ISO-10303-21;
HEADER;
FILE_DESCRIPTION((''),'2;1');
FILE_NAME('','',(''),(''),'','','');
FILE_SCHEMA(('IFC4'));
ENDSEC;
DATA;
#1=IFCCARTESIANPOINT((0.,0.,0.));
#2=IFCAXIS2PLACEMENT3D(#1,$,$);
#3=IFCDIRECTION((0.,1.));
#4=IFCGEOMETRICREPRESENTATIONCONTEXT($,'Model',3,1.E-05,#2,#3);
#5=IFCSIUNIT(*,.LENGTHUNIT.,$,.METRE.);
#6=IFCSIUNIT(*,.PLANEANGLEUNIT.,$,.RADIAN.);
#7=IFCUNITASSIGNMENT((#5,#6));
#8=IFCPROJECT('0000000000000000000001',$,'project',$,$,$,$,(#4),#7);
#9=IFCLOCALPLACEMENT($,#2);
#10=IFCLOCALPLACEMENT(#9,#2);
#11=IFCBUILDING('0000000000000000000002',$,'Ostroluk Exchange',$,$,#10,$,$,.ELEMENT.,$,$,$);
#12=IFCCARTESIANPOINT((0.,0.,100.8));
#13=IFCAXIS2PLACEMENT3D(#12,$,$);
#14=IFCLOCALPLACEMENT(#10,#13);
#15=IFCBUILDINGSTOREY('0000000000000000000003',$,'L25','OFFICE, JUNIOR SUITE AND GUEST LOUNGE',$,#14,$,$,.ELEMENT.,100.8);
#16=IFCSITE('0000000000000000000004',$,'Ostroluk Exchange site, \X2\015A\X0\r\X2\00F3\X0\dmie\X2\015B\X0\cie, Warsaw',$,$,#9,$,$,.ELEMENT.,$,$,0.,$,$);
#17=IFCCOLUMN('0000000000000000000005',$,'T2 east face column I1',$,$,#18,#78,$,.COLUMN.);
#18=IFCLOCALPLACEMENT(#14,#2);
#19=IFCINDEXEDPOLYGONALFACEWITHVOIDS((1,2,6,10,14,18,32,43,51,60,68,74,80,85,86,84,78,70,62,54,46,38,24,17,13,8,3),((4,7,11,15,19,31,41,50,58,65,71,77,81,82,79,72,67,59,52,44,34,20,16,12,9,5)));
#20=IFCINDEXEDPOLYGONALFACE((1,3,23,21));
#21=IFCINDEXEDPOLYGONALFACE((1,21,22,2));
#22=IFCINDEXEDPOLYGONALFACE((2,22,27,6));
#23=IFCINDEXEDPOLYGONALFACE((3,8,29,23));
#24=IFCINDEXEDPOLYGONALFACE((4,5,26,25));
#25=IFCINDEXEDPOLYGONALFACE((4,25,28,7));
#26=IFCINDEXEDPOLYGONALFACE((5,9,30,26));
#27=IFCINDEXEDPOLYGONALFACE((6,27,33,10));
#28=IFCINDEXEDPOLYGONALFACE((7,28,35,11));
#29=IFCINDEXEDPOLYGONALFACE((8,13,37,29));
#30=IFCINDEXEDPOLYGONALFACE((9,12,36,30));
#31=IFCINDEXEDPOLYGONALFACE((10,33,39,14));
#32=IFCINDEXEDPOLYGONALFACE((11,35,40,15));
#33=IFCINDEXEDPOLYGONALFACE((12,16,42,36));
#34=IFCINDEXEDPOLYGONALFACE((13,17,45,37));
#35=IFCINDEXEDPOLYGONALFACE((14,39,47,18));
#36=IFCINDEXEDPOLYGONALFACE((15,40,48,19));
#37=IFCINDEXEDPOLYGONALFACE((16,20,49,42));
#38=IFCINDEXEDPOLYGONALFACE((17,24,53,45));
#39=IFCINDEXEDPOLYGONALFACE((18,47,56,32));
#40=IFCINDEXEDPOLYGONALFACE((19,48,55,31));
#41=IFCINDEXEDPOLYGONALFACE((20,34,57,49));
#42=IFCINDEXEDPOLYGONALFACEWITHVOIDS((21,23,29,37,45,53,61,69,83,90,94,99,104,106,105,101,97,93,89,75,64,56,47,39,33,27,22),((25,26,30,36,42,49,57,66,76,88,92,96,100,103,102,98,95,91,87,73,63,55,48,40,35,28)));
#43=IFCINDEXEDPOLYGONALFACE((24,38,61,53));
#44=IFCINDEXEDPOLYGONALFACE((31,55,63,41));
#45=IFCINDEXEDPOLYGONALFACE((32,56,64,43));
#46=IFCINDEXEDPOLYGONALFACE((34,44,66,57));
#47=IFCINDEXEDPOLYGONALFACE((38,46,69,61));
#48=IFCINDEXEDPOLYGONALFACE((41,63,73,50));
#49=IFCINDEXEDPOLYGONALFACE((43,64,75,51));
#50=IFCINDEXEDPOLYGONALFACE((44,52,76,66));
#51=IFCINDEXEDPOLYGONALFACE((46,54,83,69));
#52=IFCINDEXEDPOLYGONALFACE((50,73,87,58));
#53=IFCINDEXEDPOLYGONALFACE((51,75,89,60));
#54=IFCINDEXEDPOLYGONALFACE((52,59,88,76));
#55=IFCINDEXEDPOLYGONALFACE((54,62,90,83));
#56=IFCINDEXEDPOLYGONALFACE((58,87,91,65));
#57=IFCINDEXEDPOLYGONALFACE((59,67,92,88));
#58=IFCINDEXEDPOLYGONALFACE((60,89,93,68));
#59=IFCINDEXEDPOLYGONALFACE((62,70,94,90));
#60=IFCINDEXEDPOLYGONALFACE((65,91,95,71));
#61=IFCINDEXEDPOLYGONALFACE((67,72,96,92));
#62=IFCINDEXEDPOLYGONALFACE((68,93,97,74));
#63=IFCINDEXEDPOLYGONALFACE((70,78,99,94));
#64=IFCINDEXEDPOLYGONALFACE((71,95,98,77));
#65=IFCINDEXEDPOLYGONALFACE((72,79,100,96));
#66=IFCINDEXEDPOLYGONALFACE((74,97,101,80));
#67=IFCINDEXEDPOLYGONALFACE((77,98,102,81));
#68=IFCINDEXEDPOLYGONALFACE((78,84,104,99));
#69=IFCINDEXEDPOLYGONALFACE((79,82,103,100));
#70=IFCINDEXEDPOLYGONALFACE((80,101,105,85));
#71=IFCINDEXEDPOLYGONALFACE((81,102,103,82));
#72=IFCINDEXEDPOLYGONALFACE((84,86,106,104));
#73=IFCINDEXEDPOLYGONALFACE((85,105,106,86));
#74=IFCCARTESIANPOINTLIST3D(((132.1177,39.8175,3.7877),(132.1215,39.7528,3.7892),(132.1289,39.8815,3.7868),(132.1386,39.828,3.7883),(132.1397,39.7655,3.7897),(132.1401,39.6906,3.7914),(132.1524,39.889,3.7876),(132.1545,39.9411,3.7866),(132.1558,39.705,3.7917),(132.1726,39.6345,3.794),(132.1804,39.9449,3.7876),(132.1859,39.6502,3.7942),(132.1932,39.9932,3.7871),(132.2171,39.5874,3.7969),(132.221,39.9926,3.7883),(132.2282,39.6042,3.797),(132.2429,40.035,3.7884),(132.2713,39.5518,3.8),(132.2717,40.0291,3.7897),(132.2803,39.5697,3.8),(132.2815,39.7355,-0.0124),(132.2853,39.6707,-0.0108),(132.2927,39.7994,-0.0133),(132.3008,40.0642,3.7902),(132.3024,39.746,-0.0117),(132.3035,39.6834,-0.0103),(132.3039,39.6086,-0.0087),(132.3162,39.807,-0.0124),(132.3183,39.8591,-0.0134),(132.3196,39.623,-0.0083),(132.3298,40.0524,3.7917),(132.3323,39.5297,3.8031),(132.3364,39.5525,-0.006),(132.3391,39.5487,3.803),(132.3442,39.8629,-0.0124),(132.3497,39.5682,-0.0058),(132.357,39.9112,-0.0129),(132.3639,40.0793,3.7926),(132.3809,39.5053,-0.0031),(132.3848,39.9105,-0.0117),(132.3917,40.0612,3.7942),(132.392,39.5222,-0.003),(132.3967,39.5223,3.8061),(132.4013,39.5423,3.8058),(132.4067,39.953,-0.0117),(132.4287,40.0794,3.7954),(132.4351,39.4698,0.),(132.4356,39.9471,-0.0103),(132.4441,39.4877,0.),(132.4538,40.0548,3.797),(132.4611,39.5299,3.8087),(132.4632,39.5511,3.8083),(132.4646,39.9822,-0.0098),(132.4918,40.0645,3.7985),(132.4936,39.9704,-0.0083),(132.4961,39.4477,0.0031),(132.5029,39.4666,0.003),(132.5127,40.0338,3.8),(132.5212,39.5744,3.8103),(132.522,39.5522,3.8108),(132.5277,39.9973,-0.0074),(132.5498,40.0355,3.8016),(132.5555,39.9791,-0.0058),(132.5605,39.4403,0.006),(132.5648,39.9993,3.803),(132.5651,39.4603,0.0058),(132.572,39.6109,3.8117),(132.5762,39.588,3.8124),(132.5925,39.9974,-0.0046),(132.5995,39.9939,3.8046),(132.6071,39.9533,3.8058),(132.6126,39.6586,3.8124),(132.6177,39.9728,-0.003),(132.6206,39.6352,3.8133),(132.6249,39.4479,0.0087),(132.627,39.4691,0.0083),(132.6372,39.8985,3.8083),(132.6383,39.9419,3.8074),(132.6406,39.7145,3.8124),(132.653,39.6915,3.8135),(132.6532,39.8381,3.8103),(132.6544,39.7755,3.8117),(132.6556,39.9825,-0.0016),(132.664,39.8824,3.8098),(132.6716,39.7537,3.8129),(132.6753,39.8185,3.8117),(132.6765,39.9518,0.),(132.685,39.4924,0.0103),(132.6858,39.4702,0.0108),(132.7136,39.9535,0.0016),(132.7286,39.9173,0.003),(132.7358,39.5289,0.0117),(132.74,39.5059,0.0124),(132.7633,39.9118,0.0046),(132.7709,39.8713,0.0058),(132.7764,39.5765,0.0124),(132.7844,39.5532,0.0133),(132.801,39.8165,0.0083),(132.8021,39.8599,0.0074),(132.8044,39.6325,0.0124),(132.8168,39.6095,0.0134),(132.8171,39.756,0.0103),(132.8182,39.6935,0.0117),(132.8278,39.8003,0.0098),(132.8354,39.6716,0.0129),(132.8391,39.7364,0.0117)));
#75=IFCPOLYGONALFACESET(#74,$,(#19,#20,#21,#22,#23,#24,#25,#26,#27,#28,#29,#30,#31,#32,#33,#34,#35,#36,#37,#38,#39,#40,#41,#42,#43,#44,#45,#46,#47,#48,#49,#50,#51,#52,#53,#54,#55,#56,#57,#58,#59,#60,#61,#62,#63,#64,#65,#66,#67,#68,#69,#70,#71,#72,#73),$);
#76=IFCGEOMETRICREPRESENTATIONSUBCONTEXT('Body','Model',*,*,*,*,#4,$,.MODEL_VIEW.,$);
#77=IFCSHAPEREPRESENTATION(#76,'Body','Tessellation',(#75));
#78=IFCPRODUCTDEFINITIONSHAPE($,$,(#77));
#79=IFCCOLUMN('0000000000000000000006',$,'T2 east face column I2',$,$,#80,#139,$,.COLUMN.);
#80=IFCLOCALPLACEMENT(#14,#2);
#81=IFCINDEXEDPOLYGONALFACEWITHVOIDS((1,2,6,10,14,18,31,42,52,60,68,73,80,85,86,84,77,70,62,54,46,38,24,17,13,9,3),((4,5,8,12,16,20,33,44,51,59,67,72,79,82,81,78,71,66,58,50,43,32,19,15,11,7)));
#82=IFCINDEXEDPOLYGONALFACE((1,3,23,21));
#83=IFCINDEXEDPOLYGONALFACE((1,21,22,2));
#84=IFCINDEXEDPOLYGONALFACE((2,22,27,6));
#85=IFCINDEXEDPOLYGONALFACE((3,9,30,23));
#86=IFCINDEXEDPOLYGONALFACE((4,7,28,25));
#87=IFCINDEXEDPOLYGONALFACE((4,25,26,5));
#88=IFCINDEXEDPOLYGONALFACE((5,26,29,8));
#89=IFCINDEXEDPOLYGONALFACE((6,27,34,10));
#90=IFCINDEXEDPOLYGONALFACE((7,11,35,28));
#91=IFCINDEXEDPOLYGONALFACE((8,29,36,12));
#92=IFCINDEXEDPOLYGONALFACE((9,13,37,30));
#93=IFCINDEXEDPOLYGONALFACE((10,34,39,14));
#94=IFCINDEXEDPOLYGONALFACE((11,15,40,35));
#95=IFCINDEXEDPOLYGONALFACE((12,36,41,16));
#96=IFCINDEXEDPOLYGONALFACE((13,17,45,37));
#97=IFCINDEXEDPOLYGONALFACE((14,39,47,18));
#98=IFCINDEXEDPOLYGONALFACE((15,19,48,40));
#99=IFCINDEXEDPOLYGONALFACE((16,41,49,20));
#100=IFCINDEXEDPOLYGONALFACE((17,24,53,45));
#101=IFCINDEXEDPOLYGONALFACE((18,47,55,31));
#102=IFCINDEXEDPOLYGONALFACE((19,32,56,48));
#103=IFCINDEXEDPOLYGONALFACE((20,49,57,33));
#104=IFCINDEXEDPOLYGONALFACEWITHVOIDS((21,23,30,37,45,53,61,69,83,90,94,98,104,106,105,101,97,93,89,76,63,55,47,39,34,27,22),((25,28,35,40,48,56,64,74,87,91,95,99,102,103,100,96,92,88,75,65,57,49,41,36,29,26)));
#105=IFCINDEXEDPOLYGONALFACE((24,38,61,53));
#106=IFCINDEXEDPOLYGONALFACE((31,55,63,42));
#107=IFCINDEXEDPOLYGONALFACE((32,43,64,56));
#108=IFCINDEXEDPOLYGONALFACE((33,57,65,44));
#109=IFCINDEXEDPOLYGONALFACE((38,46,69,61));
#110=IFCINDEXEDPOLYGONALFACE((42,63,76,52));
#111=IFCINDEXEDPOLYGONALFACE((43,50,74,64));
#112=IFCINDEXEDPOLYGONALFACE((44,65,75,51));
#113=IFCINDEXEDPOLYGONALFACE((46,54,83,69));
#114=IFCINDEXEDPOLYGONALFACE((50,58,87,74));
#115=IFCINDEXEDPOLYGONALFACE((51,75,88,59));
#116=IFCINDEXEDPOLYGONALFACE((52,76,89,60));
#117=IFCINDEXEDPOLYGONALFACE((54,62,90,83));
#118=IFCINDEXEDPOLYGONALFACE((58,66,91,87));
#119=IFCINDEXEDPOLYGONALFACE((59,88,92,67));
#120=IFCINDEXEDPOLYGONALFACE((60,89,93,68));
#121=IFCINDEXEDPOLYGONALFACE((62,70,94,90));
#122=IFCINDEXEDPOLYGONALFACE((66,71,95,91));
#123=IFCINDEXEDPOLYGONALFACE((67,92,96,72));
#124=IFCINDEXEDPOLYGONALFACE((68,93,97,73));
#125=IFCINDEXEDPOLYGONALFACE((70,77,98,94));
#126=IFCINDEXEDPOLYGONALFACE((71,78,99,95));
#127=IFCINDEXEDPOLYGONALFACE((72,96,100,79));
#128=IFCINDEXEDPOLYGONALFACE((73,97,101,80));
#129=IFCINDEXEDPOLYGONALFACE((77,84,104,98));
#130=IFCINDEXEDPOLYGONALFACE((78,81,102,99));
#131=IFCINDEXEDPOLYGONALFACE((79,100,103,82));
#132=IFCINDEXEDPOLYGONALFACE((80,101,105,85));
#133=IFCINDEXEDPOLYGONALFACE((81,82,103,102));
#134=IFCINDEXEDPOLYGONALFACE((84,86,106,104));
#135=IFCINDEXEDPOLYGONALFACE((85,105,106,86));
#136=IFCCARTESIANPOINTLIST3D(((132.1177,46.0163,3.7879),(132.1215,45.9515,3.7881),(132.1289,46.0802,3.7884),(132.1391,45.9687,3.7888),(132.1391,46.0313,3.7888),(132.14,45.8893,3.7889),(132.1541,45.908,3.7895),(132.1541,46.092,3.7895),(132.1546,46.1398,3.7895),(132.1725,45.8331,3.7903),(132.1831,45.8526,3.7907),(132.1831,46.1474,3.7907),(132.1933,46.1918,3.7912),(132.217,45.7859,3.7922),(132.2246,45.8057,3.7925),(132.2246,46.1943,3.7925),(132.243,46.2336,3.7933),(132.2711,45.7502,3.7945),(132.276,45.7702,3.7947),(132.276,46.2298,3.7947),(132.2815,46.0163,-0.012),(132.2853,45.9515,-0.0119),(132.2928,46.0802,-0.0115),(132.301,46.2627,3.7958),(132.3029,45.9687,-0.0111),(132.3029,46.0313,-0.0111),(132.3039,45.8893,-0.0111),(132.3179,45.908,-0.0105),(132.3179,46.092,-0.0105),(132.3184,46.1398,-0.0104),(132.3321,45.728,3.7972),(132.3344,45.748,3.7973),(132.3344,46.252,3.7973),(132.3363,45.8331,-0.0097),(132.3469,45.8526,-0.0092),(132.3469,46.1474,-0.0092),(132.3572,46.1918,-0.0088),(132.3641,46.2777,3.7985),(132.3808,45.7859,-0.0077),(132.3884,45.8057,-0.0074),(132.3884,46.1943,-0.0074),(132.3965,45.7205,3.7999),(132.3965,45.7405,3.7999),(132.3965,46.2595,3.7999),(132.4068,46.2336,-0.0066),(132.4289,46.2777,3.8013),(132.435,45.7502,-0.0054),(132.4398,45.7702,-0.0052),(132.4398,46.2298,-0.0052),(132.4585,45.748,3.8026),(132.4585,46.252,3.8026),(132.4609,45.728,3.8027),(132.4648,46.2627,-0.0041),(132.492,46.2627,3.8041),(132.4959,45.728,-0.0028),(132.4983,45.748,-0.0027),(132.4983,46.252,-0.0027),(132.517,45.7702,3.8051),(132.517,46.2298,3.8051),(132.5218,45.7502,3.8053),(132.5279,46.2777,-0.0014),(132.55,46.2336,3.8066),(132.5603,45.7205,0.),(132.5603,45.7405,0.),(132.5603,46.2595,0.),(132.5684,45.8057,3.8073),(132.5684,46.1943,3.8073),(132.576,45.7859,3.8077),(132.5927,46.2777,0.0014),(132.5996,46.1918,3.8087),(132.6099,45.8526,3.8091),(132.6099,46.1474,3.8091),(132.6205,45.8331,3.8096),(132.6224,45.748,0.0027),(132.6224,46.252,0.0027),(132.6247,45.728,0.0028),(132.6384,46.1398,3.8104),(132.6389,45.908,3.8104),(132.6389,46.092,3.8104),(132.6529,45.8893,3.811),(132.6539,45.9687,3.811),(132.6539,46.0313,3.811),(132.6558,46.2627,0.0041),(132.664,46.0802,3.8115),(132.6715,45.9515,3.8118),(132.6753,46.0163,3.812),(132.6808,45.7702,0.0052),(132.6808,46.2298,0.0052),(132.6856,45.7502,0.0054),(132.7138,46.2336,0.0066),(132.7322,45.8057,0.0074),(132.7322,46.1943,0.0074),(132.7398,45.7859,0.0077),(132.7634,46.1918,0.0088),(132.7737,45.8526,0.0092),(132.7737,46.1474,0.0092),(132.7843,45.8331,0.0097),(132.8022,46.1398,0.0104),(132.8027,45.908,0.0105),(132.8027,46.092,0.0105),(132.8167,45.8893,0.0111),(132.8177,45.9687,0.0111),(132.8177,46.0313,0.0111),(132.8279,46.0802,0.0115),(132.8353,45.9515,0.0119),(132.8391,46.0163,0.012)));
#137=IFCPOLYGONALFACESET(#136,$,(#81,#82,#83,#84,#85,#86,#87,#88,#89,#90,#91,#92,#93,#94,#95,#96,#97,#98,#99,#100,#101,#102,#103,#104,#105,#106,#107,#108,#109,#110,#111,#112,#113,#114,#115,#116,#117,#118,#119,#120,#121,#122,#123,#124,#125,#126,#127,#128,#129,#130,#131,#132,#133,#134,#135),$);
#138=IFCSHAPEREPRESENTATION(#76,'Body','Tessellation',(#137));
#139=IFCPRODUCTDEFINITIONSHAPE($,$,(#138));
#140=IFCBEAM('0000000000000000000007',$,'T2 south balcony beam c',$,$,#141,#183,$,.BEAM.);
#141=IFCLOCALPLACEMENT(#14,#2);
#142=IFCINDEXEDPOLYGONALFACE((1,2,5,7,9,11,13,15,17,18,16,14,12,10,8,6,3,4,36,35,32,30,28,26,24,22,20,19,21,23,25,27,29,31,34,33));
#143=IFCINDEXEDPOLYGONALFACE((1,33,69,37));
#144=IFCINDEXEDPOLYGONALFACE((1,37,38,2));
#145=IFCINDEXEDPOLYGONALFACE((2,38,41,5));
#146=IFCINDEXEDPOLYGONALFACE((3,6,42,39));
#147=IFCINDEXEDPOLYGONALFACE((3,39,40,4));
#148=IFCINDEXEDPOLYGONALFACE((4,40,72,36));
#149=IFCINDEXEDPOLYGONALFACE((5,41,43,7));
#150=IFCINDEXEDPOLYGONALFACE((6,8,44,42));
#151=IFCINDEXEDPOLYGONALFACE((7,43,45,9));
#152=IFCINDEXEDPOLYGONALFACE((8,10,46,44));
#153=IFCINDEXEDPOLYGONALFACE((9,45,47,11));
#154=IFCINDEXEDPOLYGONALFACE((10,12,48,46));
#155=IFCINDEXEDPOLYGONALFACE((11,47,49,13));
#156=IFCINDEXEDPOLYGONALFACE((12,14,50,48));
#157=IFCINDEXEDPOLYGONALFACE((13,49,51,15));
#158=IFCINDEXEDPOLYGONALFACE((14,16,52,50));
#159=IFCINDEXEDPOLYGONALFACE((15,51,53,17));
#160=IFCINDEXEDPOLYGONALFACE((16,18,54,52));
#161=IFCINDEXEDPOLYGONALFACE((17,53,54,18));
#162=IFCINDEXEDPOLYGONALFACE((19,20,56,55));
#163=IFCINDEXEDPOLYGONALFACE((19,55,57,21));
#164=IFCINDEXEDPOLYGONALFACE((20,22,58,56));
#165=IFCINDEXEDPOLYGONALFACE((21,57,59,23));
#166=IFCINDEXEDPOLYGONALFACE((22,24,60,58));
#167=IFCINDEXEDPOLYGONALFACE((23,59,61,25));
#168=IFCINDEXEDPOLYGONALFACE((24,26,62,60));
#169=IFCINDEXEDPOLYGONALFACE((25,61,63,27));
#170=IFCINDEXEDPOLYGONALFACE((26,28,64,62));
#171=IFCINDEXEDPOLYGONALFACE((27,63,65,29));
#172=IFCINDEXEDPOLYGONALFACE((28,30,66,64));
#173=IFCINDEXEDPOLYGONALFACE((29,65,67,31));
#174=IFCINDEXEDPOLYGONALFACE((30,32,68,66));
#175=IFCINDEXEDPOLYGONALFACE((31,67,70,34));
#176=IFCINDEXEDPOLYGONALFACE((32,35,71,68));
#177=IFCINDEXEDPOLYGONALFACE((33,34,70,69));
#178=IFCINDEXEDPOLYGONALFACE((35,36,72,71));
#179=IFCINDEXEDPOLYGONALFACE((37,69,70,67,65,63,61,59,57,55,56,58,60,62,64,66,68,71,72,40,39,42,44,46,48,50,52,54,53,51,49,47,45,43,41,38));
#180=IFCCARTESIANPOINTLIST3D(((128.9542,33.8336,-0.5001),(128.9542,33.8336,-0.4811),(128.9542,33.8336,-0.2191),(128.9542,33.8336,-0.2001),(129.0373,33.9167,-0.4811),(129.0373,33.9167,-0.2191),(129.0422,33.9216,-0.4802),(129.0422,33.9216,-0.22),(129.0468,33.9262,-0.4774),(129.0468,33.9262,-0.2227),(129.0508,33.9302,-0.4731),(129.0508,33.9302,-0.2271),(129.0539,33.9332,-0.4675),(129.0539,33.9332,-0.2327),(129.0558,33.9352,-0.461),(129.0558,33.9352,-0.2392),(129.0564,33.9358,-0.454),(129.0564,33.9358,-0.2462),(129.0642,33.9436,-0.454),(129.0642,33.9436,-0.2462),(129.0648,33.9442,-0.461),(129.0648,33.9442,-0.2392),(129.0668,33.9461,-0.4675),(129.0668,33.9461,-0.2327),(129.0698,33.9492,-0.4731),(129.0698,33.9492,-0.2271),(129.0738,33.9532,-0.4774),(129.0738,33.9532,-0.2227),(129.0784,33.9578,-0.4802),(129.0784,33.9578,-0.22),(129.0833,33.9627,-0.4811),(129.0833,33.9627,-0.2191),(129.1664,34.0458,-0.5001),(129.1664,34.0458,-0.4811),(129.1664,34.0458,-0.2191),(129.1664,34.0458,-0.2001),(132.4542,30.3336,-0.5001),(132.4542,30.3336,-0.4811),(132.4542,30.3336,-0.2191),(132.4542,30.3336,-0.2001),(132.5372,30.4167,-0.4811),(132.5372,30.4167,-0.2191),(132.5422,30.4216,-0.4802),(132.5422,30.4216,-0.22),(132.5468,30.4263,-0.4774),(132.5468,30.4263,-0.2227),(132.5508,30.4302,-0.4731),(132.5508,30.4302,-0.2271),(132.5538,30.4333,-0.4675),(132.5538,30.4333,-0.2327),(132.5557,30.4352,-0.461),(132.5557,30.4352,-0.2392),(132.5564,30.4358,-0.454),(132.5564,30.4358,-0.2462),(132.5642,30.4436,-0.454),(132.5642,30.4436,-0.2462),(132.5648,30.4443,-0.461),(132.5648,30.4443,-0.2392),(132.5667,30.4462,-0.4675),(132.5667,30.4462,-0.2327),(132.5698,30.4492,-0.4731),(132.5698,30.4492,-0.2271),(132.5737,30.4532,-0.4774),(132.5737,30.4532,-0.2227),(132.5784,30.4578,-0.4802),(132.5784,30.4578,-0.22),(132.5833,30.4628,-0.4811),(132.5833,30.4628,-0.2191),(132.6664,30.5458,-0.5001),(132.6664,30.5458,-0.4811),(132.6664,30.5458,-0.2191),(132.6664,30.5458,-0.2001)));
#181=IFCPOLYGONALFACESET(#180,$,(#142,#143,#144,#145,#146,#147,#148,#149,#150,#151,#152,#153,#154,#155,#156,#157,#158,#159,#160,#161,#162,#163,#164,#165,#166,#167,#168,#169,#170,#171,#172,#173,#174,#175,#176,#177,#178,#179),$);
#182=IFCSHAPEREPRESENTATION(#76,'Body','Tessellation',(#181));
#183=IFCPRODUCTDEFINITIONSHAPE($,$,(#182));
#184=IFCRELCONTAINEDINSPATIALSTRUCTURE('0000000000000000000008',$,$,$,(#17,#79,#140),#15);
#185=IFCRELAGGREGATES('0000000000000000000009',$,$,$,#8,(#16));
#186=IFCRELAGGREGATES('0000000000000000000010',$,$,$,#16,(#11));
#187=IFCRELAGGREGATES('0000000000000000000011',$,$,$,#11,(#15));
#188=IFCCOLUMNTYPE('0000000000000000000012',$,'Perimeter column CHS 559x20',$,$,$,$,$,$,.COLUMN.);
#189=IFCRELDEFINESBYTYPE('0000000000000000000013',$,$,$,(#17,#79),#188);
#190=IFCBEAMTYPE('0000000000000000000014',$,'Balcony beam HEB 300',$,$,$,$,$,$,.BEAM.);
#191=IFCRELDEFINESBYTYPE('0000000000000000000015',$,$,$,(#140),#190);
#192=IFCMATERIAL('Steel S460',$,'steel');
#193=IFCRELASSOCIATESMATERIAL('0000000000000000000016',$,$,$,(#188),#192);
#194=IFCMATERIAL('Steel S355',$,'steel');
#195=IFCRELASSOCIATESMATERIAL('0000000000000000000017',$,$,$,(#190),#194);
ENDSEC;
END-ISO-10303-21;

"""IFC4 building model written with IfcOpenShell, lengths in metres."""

from ifc_helpers import new_model, si_unit, direction, frame, origin, origin_2d, place, context, subcontext, project, spatial, hollow_circle, i_section, extrude, material, material_profile, profile_set, type_object, element, save


model = new_model("IFC4")

# Units and contexts
model_context = context("Model", 3, precision=1e-05, world=origin(), true_north=direction((0.0, 1.0)))
body_context = subcontext(model_context, "Body", "Model", "MODEL_VIEW")
ifc_project = project(units=[si_unit("LENGTHUNIT", "METRE"), si_unit("PLANEANGLEUNIT", "RADIAN")], contexts=[model_context])

# Site, building, storey
site_placement = place(None, origin())
site = spatial("IfcSite", under=ifc_project, at=site_placement, Name="Ostroluk Exchange site, Śródmieście, Warsaw", CompositionType="ELEMENT", RefElevation=0.0)
building_placement = place(site_placement, origin())
building = spatial("IfcBuilding", under=site, at=building_placement, Name="Ostroluk Exchange", CompositionType="ELEMENT")
storey_placement = place(building_placement, frame((0.0, 0.0, 100.8)))
storey = spatial("IfcBuildingStorey", under=building, at=storey_placement, Name="L25", Description="OFFICE, JUNIOR SUITE AND GUEST LOUNGE", CompositionType="ELEMENT", Elevation=100.8)

# Columns
ifc_material_1 = material(Name="Steel S460", Category="steel")
ifc_material_profile_1 = material_profile(ifc_material_1, hollow_circle(Radius=0.2795, WallThickness=0.02, at=origin_2d()), Name="CHS 559x20")
ifc_profile_set_1 = profile_set([ifc_material_profile_1], Name="Steel S460")
column_type = type_object("IfcColumnType", Name="Perimeter column CHS 559x20", PredefinedType="COLUMN", material=ifc_profile_set_1)
column_1_placement = place(storey_placement, frame((132.5603, 39.7197, 0.0), z_axis=(-0.04306, 0.021562, 0.99884), x_axis=(-0.447747, -0.894161, 0.0)))
element("IfcColumn", 1, at=column_1_placement, inside=storey, type_object=column_type, Name="T2 east face column I1", PredefinedType="COLUMN", context=body_context, shape_type="SweptSolid", body=[
    extrude(hollow_circle(Radius=0.2795, WallThickness=0.02, at=origin_2d()), origin(), (0.0, 0.0, 1.0), 3.8044),
])
column_2_placement = place(storey_placement, frame((132.5603, 46.0, 0.0), z_axis=(-0.04307, 0.0, 0.999072), x_axis=(0.0, -1.0, 0.0)))
element("IfcColumn", 2, at=column_2_placement, inside=storey, type_object=column_type, Name="T2 east face column I2", PredefinedType="COLUMN", context=body_context, shape_type="SweptSolid", body=[
    extrude(hollow_circle(Radius=0.2795, WallThickness=0.02, at=origin_2d()), origin(), (0.0, 0.0, 1.0), 3.8035),
])

# Beam
ifc_material_2 = material(Name="Steel S355", Category="steel")
ifc_material_profile_2 = material_profile(ifc_material_2, i_section(OverallWidth=0.3, OverallDepth=0.3, WebThickness=0.011, FlangeThickness=0.019, FilletRadius=0.0271, at=origin_2d()), Name="HEB 300")
ifc_profile_set_2 = profile_set([ifc_material_profile_2], Name="Steel S355")
beam_type_1 = type_object("IfcBeamType", Name="Balcony beam HEB 300", PredefinedType="BEAM", material=ifc_profile_set_2)
beam_1_placement = place(storey_placement, frame((129.0603, 33.9397, -0.3501), z_axis=(0.707107, -0.707107, 0.0), x_axis=(0.707107, 0.707107, 0.0)))
element("IfcBeam", 3, at=beam_1_placement, inside=storey, type_object=beam_type_1, Name="T2 south balcony beam c", PredefinedType="BEAM", context=body_context, shape_type="SweptSolid", body=[
    extrude(i_section(OverallWidth=0.3, OverallDepth=0.3, WebThickness=0.011, FlangeThickness=0.019, FilletRadius=0.0271, at=origin_2d()), origin(), (0.0, 0.0, 1.0), 4.9497),
])

save(model, "model.ifc")
